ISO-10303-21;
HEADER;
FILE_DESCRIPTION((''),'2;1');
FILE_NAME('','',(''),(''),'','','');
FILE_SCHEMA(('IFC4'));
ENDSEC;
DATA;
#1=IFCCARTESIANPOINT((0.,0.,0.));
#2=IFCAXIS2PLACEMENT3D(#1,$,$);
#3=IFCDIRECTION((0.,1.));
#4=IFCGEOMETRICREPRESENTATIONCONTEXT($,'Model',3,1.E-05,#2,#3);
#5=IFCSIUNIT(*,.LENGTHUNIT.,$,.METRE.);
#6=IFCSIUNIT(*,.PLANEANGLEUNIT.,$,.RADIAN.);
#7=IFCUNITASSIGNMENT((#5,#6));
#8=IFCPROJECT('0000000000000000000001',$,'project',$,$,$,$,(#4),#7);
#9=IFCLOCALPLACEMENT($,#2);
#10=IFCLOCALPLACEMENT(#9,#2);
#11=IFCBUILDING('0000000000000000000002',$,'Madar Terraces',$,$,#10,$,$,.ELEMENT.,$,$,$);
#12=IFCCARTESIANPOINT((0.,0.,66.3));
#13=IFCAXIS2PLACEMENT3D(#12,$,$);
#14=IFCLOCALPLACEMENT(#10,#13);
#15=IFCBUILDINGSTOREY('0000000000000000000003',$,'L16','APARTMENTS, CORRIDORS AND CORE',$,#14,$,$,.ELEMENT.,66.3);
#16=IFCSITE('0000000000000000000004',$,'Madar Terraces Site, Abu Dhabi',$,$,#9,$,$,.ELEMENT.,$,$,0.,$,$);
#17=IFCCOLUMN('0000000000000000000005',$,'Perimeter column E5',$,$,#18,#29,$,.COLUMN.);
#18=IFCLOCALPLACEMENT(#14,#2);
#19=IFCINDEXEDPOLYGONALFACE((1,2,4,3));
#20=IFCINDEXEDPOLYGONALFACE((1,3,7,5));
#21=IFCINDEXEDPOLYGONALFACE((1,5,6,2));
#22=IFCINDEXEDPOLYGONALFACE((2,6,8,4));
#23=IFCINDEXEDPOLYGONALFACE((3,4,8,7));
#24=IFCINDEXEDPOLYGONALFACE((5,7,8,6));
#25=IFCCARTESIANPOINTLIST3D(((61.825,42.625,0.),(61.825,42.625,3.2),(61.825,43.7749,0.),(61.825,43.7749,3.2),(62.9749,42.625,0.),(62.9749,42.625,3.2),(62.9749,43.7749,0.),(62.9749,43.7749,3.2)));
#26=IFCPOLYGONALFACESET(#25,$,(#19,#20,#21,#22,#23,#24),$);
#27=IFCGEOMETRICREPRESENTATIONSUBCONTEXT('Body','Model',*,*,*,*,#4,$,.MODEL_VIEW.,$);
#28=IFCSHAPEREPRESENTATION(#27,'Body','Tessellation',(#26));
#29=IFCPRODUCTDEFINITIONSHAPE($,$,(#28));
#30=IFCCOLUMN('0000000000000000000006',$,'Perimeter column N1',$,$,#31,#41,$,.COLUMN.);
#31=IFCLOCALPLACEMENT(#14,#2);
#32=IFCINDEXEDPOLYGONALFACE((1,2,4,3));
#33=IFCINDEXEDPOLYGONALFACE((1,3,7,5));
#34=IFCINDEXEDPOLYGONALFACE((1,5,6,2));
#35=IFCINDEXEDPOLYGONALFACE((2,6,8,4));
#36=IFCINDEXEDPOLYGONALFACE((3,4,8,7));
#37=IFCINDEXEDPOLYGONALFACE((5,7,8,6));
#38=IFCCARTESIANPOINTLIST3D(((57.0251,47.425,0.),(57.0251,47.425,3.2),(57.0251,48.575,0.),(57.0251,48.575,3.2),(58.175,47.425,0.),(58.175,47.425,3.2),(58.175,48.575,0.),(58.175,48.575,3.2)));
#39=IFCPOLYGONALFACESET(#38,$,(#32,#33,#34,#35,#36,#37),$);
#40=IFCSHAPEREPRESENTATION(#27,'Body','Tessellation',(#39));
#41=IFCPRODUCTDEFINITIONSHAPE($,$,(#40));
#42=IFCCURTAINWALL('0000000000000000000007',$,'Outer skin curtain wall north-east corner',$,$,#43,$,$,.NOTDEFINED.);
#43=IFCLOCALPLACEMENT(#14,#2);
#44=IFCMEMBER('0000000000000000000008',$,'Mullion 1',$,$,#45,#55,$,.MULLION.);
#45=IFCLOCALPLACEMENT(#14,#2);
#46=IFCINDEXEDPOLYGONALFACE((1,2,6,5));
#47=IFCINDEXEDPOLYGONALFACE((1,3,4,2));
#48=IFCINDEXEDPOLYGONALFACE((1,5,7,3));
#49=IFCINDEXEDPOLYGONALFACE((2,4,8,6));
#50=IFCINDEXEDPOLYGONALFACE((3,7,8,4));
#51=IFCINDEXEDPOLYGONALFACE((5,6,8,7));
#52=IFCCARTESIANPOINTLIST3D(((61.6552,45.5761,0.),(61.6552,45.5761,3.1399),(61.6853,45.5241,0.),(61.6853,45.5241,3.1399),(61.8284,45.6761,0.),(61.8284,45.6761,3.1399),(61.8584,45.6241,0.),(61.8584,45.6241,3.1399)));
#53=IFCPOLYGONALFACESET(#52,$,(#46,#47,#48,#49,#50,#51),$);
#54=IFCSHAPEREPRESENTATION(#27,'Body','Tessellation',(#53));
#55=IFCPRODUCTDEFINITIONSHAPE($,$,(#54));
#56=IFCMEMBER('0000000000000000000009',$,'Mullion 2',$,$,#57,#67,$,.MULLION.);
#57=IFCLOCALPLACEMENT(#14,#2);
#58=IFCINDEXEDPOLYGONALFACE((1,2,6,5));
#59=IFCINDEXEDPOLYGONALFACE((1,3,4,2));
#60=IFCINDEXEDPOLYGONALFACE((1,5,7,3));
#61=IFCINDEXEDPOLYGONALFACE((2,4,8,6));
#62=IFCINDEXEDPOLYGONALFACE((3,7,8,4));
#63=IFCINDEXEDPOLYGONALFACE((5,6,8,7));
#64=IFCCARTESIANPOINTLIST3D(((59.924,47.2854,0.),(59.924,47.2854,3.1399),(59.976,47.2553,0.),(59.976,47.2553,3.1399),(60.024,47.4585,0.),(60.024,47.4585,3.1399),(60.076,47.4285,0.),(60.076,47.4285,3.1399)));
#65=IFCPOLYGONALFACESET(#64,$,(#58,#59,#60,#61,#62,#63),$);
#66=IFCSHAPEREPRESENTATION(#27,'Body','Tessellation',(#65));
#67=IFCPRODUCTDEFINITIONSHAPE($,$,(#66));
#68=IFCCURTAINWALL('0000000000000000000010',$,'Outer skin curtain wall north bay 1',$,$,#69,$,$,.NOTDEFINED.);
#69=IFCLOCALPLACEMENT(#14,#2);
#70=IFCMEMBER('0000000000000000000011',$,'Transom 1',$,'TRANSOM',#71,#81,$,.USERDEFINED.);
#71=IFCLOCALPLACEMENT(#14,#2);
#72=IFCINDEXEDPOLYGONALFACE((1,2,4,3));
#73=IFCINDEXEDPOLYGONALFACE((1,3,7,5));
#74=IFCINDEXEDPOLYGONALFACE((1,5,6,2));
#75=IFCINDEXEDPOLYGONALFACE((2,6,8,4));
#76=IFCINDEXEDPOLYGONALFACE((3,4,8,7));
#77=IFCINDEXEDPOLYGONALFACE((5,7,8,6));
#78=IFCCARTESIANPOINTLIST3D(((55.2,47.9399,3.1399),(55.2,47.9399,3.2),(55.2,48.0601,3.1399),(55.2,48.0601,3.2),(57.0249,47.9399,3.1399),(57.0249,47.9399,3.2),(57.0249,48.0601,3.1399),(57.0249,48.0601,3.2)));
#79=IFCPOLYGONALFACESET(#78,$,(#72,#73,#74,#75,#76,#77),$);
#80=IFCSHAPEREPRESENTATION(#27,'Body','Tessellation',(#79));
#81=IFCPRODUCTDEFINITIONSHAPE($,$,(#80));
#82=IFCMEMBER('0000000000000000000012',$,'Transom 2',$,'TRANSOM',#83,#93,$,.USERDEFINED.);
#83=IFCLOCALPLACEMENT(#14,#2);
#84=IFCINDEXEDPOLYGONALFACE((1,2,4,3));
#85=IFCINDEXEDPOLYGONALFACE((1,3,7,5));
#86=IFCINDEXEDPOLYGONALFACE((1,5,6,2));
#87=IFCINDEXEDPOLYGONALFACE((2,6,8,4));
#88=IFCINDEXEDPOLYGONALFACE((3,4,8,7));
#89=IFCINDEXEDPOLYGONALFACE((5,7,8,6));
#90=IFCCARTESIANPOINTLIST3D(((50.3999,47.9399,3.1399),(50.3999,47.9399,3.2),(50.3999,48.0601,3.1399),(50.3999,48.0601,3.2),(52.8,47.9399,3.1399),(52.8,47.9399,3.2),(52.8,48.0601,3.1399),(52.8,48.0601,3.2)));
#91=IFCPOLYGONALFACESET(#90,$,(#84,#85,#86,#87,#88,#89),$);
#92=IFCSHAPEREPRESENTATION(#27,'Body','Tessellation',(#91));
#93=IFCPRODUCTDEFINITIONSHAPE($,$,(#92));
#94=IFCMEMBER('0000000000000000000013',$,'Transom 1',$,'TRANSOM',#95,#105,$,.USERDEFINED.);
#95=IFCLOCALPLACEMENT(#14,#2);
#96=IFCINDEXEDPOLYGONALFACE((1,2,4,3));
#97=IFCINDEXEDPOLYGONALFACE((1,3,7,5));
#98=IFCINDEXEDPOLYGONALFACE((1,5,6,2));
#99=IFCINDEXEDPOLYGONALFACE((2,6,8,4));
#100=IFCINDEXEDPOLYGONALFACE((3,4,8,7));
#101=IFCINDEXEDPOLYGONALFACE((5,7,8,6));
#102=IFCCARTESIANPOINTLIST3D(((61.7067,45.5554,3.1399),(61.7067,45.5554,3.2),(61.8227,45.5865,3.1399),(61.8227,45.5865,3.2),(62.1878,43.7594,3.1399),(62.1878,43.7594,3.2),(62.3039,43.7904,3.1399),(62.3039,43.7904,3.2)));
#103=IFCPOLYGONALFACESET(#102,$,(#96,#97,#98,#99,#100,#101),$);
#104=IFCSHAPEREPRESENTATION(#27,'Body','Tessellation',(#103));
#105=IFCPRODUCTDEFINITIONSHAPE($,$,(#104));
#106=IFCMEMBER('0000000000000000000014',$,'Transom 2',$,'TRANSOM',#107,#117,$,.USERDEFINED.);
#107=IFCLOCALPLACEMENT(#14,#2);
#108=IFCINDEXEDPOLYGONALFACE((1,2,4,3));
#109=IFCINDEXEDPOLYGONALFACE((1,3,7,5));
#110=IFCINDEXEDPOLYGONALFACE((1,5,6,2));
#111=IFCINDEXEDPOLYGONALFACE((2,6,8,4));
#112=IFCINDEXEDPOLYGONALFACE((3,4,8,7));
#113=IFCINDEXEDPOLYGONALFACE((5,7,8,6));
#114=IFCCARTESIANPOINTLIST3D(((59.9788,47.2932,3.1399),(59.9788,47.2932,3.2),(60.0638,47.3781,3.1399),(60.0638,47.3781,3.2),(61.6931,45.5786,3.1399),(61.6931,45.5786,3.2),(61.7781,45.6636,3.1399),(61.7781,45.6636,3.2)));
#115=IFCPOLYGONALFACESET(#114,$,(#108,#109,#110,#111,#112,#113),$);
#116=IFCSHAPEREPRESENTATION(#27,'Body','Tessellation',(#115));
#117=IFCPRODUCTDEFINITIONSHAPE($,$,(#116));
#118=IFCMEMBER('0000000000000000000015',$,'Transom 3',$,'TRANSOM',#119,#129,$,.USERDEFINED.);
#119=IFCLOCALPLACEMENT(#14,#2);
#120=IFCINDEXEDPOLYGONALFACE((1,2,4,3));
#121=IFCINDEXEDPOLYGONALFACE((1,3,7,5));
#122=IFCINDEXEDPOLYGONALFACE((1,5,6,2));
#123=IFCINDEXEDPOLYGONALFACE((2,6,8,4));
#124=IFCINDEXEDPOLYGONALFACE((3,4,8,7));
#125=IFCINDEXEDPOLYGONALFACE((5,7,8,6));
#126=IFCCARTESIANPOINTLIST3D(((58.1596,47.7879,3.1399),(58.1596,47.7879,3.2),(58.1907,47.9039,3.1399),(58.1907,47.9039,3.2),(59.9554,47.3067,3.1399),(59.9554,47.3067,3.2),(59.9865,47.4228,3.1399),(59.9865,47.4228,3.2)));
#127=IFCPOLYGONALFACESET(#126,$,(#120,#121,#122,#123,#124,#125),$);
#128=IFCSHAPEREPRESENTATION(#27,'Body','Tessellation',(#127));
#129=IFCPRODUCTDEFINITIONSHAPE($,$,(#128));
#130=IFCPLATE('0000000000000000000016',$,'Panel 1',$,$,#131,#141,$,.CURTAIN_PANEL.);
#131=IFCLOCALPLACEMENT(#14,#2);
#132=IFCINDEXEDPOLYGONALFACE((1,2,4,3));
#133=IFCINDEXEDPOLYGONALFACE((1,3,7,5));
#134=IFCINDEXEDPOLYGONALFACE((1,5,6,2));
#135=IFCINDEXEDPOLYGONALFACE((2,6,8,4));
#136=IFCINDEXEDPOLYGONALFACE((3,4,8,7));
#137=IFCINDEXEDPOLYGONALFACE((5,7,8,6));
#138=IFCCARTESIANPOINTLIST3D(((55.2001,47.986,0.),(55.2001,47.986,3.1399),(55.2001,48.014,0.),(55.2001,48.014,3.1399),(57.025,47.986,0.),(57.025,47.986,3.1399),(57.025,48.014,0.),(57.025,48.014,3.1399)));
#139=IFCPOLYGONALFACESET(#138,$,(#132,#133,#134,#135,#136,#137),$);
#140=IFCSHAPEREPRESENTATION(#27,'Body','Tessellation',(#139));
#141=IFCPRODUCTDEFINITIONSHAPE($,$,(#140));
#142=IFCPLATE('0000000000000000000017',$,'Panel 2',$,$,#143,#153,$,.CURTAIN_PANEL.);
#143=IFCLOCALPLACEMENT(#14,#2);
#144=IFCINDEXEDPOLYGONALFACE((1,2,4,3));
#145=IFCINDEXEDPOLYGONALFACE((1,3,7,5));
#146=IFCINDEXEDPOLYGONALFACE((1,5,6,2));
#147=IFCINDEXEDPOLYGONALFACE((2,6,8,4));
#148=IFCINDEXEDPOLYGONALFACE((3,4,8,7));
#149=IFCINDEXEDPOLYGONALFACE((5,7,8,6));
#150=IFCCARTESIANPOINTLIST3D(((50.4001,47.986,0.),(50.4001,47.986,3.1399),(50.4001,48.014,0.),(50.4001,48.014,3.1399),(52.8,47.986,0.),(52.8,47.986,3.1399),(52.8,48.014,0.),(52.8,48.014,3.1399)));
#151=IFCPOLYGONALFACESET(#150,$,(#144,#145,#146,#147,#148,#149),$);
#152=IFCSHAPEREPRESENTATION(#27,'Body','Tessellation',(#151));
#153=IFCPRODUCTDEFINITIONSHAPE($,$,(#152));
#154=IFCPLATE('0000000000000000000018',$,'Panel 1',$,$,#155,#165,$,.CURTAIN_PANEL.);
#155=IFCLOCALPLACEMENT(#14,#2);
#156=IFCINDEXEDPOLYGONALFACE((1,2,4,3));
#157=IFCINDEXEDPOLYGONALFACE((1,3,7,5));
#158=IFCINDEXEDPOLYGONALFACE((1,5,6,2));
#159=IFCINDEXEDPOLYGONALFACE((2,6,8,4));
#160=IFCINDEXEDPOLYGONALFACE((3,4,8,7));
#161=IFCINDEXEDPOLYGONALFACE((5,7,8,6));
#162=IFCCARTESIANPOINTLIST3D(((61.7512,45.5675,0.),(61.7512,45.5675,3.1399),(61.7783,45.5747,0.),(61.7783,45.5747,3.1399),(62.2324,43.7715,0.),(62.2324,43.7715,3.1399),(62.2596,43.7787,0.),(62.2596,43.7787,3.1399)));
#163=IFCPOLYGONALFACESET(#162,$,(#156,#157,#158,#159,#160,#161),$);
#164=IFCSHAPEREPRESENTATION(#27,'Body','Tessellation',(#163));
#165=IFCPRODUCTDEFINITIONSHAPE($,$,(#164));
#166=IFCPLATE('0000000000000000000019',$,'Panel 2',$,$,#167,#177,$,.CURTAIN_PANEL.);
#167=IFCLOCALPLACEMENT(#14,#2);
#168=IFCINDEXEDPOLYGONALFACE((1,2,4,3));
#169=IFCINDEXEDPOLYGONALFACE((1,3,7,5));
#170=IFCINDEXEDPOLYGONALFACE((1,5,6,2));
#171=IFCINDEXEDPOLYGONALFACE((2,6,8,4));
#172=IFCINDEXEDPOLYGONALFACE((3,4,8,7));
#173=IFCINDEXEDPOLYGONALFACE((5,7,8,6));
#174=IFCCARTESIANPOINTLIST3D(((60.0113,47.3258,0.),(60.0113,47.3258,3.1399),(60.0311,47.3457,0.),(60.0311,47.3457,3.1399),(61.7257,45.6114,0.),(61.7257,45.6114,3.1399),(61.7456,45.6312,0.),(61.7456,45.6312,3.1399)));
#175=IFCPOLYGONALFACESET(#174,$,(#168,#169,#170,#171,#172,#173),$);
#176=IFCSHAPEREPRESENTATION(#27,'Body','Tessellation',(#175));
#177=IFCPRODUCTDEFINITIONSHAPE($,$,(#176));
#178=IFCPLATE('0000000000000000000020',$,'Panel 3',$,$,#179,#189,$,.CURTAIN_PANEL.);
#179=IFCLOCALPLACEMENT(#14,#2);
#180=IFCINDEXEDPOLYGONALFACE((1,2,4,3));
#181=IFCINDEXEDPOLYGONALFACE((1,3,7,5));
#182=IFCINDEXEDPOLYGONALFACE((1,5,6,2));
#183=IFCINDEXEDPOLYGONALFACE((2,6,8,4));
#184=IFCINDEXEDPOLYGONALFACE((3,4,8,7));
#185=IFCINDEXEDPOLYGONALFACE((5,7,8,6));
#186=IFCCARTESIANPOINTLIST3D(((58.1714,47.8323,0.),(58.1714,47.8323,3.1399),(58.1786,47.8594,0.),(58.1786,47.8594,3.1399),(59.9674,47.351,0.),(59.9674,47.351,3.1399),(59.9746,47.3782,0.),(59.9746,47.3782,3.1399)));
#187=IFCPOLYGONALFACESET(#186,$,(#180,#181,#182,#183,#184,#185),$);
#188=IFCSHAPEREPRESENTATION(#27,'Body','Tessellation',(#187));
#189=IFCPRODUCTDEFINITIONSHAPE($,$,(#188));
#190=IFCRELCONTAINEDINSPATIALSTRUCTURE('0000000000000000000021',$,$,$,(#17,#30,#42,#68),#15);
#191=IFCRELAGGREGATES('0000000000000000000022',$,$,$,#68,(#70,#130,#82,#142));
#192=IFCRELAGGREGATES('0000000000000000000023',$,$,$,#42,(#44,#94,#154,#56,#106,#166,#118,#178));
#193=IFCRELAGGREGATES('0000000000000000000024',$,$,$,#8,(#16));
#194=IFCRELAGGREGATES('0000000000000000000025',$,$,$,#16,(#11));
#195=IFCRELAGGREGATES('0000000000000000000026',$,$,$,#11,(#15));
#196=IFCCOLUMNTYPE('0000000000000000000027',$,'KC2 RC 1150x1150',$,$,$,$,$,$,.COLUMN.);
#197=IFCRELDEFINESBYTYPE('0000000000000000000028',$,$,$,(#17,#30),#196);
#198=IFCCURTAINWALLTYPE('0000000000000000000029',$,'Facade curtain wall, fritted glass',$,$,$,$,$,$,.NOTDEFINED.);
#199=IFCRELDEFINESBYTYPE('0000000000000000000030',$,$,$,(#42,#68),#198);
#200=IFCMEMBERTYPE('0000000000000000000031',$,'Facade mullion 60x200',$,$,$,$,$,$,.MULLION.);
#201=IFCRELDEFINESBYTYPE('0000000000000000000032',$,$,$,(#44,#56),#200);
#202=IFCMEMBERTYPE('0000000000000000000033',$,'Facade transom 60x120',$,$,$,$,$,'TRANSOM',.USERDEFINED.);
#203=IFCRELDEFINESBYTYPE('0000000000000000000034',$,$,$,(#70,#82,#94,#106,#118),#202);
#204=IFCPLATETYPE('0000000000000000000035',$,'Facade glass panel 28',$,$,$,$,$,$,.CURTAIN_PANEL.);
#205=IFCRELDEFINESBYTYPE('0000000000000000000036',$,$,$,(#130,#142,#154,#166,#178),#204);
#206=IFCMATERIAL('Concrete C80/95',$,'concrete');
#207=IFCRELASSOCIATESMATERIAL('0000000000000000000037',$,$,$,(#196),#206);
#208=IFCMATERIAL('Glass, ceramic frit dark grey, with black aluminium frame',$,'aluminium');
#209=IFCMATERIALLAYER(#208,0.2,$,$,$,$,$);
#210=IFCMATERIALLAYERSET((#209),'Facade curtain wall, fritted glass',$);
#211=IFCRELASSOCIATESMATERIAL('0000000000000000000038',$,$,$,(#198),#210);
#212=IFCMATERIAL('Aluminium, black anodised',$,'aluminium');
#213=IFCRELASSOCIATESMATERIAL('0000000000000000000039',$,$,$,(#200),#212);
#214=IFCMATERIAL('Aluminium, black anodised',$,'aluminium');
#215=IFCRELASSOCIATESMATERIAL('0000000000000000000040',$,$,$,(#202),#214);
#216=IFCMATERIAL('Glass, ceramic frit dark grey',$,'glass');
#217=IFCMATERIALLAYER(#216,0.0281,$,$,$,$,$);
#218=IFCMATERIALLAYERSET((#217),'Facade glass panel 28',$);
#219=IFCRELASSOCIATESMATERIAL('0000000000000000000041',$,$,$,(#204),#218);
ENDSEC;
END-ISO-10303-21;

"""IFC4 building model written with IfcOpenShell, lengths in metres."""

from ifc_helpers import new_model, si_unit, direction, frame, origin, origin_2d, place, context, subcontext, project, spatial, rectangle, extrude, material, layer, layer_set, material_profile, profile_set, type_object, element, aggregate, save


model = new_model("IFC4")

# Units and contexts
model_context = context("Model", 3, precision=1e-05, world=origin(), true_north=direction((0.0, 1.0)))
body_context = subcontext(model_context, "Body", "Model", "MODEL_VIEW")
ifc_project = project(units=[si_unit("LENGTHUNIT", "METRE"), si_unit("PLANEANGLEUNIT", "RADIAN")], contexts=[model_context])

# Site, building, storey
site_placement = place(None, origin())
site = spatial("IfcSite", under=ifc_project, at=site_placement, Name="Madar Terraces Site, Abu Dhabi", CompositionType="ELEMENT", RefElevation=0.0)
building_placement = place(site_placement, origin())
building = spatial("IfcBuilding", under=site, at=building_placement, Name="Madar Terraces", CompositionType="ELEMENT")
storey_placement = place(building_placement, frame((0.0, 0.0, 66.3)))
storey = spatial("IfcBuildingStorey", under=building, at=storey_placement, Name="L16", Description="APARTMENTS, CORRIDORS AND CORE", CompositionType="ELEMENT", Elevation=66.3)

# Columns
ifc_material_1 = material(Name="Concrete C80/95", Category="concrete")
ifc_material_profile_1 = material_profile(ifc_material_1, rectangle(XDim=1.1499, YDim=1.1499, at=origin_2d()), Name="KC2 RC 1150x1150")
ifc_profile_set_1 = profile_set([ifc_material_profile_1], Name="Concrete C80/95")
column_type = type_object("IfcColumnType", Name="KC2 RC 1150x1150", PredefinedType="COLUMN", material=ifc_profile_set_1)
for number, where, z_axis, x_axis, name in (
    (1, (62.3999, 43.2, 0.0), (0.0, 0.0, 1.0), (1.0, 0.0, 0.0), "Perimeter column E5"),
    (2, (57.6001, 48.0, 0.0), (0.0, 0.0, 1.0), (1.0, 0.0, 0.0), "Perimeter column N1"),
):
    element("IfcColumn", number, at=place(storey_placement, frame(where, z_axis=z_axis, x_axis=x_axis)), inside=storey, type_object=column_type, Name=name, PredefinedType="COLUMN", context=body_context, shape_type="SweptSolid", body=[
        extrude(rectangle(XDim=1.1499, YDim=1.1499, at=origin_2d()), origin(), (0.0, 0.0, 1.0), 3.2),
    ])

# Curtain walls, members
ifc_material_2 = material(Name="Glass, ceramic frit dark grey, with black aluminium frame", Category="aluminium")
ifc_layer_1 = layer(ifc_material_2, 0.2)
ifc_layer_set_1 = layer_set([ifc_layer_1], Name="Facade curtain wall, fritted glass")
curtain_wall_type = type_object("IfcCurtainWallType", Name="Facade curtain wall, fritted glass", PredefinedType="NOTDEFINED", material=ifc_layer_set_1)
curtain_wall_1_placement = place(storey_placement, origin())
curtain_wall_1 = element("IfcCurtainWall", 3, at=curtain_wall_1_placement, inside=storey, type_object=curtain_wall_type, Name="Outer skin curtain wall north-east corner", PredefinedType="NOTDEFINED")
ifc_material_3 = material(Name="Aluminium, black anodised", Category="aluminium")
ifc_material_profile_2 = material_profile(ifc_material_3, rectangle(XDim=0.2, YDim=0.0601, at=origin_2d()), Name="Facade mullion 60x200")
ifc_profile_set_2 = profile_set([ifc_material_profile_2], Name="Aluminium, black anodised")
member_type_1 = type_object("IfcMemberType", Name="Facade mullion 60x200", PredefinedType="MULLION", material=ifc_profile_set_2)
member_1_placement = place(storey_placement, frame((61.7568, 45.6001, 0.0), z_axis=(0.0, 0.0, 1.0), x_axis=(-0.866025, -0.5, 0.0)))
member_1 = element("IfcMember", 4, at=member_1_placement, type_object=member_type_1, Name="Mullion 1", PredefinedType="MULLION", context=body_context, shape_type="SweptSolid", body=[
    extrude(rectangle(XDim=0.2, YDim=0.0601, at=origin_2d()), origin(), (0.0, 0.0, 1.0), 3.1399),
])
member_2_placement = place(storey_placement, frame((60.0, 47.3569, 0.0), z_axis=(0.0, 0.0, 1.0), x_axis=(-0.5, -0.866025, 0.0)))
member_2 = element("IfcMember", 5, at=member_2_placement, type_object=member_type_1, Name="Mullion 2", PredefinedType="MULLION", context=body_context, shape_type="SweptSolid", body=[
    extrude(rectangle(XDim=0.2, YDim=0.0601, at=origin_2d()), origin(), (0.0, 0.0, 1.0), 3.1399),
])
curtain_wall_2_placement = place(storey_placement, origin())
curtain_wall_2 = element("IfcCurtainWall", 6, at=curtain_wall_2_placement, inside=storey, type_object=curtain_wall_type, Name="Outer skin curtain wall north bay 1", PredefinedType="NOTDEFINED")
ifc_material_4 = material(Name="Aluminium, black anodised", Category="aluminium")
ifc_material_profile_3 = material_profile(ifc_material_4, rectangle(XDim=0.1201, YDim=0.0601, at=origin_2d()), Name="Facade transom 60x120")
ifc_profile_set_3 = profile_set([ifc_material_profile_3], Name="Aluminium, black anodised")
member_type_2 = type_object("IfcMemberType", Name="Facade transom 60x120", ElementType="TRANSOM", PredefinedType="USERDEFINED", material=ifc_profile_set_3)
member_3_placement = place(storey_placement, frame((57.0249, 48.0, 3.1699), z_axis=(-1.0, 0.0, 0.0), x_axis=(0.0, -1.0, 0.0)))
member_3 = element("IfcMember", 7, at=member_3_placement, type_object=member_type_2, Name="Transom 1", ObjectType="TRANSOM", PredefinedType="USERDEFINED", context=body_context, shape_type="SweptSolid", body=[
    extrude(rectangle(XDim=0.1201, YDim=0.0601, at=origin_2d()), origin(), (0.0, 0.0, 1.0), 1.825),
])
member_4_placement = place(storey_placement, frame((52.8, 48.0, 3.1699), z_axis=(-1.0, 0.0, 0.0), x_axis=(0.0, -1.0, 0.0)))
member_4 = element("IfcMember", 8, at=member_4_placement, type_object=member_type_2, Name="Transom 2", ObjectType="TRANSOM", PredefinedType="USERDEFINED", context=body_context, shape_type="SweptSolid", body=[
    extrude(rectangle(XDim=0.1201, YDim=0.0601, at=origin_2d()), origin(), (0.0, 0.0, 1.0), 2.4001),
])

# Members
member_5_placement = place(storey_placement, frame((62.2458, 43.7749, 3.1699), z_axis=(-0.258782, 0.965936, 0.0), x_axis=(-0.965936, -0.258782, 0.0)))
member_5 = element("IfcMember", 9, at=member_5_placement, type_object=member_type_2, Name="Transom 1", ObjectType="TRANSOM", PredefinedType="USERDEFINED", context=body_context, shape_type="SweptSolid", body=[
    extrude(rectangle(XDim=0.1201, YDim=0.0601, at=origin_2d()), origin(), (0.0, 0.0, 1.0), 1.8594),
])
member_6_placement = place(storey_placement, frame((61.7356, 45.6211, 3.1699), z_axis=(-0.707056, 0.707157, 0.0), x_axis=(-0.707157, -0.707056, 0.0)))
member_6 = element("IfcMember", 10, at=member_6_placement, type_object=member_type_2, Name="Transom 2", ObjectType="TRANSOM", PredefinedType="USERDEFINED", context=body_context, shape_type="SweptSolid", body=[
    extrude(rectangle(XDim=0.1201, YDim=0.0601, at=origin_2d()), origin(), (0.0, 0.0, 1.0), 2.4246),
])
member_7_placement = place(storey_placement, frame((59.9709, 47.3647, 3.1699), z_axis=(-0.965927, 0.258815, 0.0), x_axis=(-0.258815, -0.965927, 0.0)))
member_7 = element("IfcMember", 11, at=member_7_placement, type_object=member_type_2, Name="Transom 3", ObjectType="TRANSOM", PredefinedType="USERDEFINED", context=body_context, shape_type="SweptSolid", body=[
    extrude(rectangle(XDim=0.1201, YDim=0.0601, at=origin_2d()), origin(), (0.0, 0.0, 1.0), 1.8591),
])

# Plates
ifc_material_5 = material(Name="Glass, ceramic frit dark grey", Category="glass")
ifc_layer_2 = layer(ifc_material_5, 0.0281)
ifc_layer_set_2 = layer_set([ifc_layer_2], Name="Facade glass panel 28")
plate_type = type_object("IfcPlateType", Name="Facade glass panel 28", PredefinedType="CURTAIN_PANEL", material=ifc_layer_set_2)
plate_1_placement = place(storey_placement, frame((56.1125, 48.0, 0.0), z_axis=(0.0, 0.0, 1.0), x_axis=(-1.0, 0.0, 0.0)))
plate_1 = element("IfcPlate", 12, at=plate_1_placement, type_object=plate_type, Name="Panel 1", PredefinedType="CURTAIN_PANEL", context=body_context, shape_type="SweptSolid", body=[
    extrude(rectangle(XDim=1.825, YDim=0.0281, at=origin_2d()), origin(), (0.0, 0.0, 1.0), 3.1399),
])
plate_2_placement = place(storey_placement, frame((51.6001, 48.0, 0.0), z_axis=(0.0, 0.0, 1.0), x_axis=(-1.0, 0.0, 0.0)))
plate_2 = element("IfcPlate", 13, at=plate_2_placement, type_object=plate_type, Name="Panel 2", PredefinedType="CURTAIN_PANEL", context=body_context, shape_type="SweptSolid", body=[
    extrude(rectangle(XDim=2.3999, YDim=0.0281, at=origin_2d()), origin(), (0.0, 0.0, 1.0), 3.1399),
])
aggregate(curtain_wall_2, [member_3, plate_1, member_4, plate_2])
plate_3_placement = place(storey_placement, frame((62.0054, 44.6731, 0.0), z_axis=(0.0, 0.0, 1.0), x_axis=(-0.258819, 0.965926, 0.0)))
plate_3 = element("IfcPlate", 14, at=plate_3_placement, type_object=plate_type, Name="Panel 1", PredefinedType="CURTAIN_PANEL", context=body_context, shape_type="SweptSolid", body=[
    extrude(rectangle(XDim=1.8594, YDim=0.0281, at=origin_2d()), origin(), (0.0, 0.0, 1.0), 3.1399),
])
plate_4_placement = place(storey_placement, frame((60.8784, 46.4785, 0.0), z_axis=(0.0, 0.0, 1.0), x_axis=(-0.707107, 0.707107, 0.0)))
plate_4 = element("IfcPlate", 15, at=plate_4_placement, type_object=plate_type, Name="Panel 2", PredefinedType="CURTAIN_PANEL", context=body_context, shape_type="SweptSolid", body=[
    extrude(rectangle(XDim=2.4246, YDim=0.0281, at=origin_2d()), origin(), (0.0, 0.0, 1.0), 3.1399),
])
plate_5_placement = place(storey_placement, frame((59.073, 47.6052, 0.0), z_axis=(0.0, 0.0, 1.0), x_axis=(-0.965926, 0.258819, 0.0)))
plate_5 = element("IfcPlate", 16, at=plate_5_placement, type_object=plate_type, Name="Panel 3", PredefinedType="CURTAIN_PANEL", context=body_context, shape_type="SweptSolid", body=[
    extrude(rectangle(XDim=1.8594, YDim=0.0281, at=origin_2d()), origin(), (0.0, 0.0, 1.0), 3.1399),
])
aggregate(curtain_wall_1, [member_1, member_5, plate_3, member_2, member_6, plate_4, member_7, plate_5])

save(model, "model.ifc")
